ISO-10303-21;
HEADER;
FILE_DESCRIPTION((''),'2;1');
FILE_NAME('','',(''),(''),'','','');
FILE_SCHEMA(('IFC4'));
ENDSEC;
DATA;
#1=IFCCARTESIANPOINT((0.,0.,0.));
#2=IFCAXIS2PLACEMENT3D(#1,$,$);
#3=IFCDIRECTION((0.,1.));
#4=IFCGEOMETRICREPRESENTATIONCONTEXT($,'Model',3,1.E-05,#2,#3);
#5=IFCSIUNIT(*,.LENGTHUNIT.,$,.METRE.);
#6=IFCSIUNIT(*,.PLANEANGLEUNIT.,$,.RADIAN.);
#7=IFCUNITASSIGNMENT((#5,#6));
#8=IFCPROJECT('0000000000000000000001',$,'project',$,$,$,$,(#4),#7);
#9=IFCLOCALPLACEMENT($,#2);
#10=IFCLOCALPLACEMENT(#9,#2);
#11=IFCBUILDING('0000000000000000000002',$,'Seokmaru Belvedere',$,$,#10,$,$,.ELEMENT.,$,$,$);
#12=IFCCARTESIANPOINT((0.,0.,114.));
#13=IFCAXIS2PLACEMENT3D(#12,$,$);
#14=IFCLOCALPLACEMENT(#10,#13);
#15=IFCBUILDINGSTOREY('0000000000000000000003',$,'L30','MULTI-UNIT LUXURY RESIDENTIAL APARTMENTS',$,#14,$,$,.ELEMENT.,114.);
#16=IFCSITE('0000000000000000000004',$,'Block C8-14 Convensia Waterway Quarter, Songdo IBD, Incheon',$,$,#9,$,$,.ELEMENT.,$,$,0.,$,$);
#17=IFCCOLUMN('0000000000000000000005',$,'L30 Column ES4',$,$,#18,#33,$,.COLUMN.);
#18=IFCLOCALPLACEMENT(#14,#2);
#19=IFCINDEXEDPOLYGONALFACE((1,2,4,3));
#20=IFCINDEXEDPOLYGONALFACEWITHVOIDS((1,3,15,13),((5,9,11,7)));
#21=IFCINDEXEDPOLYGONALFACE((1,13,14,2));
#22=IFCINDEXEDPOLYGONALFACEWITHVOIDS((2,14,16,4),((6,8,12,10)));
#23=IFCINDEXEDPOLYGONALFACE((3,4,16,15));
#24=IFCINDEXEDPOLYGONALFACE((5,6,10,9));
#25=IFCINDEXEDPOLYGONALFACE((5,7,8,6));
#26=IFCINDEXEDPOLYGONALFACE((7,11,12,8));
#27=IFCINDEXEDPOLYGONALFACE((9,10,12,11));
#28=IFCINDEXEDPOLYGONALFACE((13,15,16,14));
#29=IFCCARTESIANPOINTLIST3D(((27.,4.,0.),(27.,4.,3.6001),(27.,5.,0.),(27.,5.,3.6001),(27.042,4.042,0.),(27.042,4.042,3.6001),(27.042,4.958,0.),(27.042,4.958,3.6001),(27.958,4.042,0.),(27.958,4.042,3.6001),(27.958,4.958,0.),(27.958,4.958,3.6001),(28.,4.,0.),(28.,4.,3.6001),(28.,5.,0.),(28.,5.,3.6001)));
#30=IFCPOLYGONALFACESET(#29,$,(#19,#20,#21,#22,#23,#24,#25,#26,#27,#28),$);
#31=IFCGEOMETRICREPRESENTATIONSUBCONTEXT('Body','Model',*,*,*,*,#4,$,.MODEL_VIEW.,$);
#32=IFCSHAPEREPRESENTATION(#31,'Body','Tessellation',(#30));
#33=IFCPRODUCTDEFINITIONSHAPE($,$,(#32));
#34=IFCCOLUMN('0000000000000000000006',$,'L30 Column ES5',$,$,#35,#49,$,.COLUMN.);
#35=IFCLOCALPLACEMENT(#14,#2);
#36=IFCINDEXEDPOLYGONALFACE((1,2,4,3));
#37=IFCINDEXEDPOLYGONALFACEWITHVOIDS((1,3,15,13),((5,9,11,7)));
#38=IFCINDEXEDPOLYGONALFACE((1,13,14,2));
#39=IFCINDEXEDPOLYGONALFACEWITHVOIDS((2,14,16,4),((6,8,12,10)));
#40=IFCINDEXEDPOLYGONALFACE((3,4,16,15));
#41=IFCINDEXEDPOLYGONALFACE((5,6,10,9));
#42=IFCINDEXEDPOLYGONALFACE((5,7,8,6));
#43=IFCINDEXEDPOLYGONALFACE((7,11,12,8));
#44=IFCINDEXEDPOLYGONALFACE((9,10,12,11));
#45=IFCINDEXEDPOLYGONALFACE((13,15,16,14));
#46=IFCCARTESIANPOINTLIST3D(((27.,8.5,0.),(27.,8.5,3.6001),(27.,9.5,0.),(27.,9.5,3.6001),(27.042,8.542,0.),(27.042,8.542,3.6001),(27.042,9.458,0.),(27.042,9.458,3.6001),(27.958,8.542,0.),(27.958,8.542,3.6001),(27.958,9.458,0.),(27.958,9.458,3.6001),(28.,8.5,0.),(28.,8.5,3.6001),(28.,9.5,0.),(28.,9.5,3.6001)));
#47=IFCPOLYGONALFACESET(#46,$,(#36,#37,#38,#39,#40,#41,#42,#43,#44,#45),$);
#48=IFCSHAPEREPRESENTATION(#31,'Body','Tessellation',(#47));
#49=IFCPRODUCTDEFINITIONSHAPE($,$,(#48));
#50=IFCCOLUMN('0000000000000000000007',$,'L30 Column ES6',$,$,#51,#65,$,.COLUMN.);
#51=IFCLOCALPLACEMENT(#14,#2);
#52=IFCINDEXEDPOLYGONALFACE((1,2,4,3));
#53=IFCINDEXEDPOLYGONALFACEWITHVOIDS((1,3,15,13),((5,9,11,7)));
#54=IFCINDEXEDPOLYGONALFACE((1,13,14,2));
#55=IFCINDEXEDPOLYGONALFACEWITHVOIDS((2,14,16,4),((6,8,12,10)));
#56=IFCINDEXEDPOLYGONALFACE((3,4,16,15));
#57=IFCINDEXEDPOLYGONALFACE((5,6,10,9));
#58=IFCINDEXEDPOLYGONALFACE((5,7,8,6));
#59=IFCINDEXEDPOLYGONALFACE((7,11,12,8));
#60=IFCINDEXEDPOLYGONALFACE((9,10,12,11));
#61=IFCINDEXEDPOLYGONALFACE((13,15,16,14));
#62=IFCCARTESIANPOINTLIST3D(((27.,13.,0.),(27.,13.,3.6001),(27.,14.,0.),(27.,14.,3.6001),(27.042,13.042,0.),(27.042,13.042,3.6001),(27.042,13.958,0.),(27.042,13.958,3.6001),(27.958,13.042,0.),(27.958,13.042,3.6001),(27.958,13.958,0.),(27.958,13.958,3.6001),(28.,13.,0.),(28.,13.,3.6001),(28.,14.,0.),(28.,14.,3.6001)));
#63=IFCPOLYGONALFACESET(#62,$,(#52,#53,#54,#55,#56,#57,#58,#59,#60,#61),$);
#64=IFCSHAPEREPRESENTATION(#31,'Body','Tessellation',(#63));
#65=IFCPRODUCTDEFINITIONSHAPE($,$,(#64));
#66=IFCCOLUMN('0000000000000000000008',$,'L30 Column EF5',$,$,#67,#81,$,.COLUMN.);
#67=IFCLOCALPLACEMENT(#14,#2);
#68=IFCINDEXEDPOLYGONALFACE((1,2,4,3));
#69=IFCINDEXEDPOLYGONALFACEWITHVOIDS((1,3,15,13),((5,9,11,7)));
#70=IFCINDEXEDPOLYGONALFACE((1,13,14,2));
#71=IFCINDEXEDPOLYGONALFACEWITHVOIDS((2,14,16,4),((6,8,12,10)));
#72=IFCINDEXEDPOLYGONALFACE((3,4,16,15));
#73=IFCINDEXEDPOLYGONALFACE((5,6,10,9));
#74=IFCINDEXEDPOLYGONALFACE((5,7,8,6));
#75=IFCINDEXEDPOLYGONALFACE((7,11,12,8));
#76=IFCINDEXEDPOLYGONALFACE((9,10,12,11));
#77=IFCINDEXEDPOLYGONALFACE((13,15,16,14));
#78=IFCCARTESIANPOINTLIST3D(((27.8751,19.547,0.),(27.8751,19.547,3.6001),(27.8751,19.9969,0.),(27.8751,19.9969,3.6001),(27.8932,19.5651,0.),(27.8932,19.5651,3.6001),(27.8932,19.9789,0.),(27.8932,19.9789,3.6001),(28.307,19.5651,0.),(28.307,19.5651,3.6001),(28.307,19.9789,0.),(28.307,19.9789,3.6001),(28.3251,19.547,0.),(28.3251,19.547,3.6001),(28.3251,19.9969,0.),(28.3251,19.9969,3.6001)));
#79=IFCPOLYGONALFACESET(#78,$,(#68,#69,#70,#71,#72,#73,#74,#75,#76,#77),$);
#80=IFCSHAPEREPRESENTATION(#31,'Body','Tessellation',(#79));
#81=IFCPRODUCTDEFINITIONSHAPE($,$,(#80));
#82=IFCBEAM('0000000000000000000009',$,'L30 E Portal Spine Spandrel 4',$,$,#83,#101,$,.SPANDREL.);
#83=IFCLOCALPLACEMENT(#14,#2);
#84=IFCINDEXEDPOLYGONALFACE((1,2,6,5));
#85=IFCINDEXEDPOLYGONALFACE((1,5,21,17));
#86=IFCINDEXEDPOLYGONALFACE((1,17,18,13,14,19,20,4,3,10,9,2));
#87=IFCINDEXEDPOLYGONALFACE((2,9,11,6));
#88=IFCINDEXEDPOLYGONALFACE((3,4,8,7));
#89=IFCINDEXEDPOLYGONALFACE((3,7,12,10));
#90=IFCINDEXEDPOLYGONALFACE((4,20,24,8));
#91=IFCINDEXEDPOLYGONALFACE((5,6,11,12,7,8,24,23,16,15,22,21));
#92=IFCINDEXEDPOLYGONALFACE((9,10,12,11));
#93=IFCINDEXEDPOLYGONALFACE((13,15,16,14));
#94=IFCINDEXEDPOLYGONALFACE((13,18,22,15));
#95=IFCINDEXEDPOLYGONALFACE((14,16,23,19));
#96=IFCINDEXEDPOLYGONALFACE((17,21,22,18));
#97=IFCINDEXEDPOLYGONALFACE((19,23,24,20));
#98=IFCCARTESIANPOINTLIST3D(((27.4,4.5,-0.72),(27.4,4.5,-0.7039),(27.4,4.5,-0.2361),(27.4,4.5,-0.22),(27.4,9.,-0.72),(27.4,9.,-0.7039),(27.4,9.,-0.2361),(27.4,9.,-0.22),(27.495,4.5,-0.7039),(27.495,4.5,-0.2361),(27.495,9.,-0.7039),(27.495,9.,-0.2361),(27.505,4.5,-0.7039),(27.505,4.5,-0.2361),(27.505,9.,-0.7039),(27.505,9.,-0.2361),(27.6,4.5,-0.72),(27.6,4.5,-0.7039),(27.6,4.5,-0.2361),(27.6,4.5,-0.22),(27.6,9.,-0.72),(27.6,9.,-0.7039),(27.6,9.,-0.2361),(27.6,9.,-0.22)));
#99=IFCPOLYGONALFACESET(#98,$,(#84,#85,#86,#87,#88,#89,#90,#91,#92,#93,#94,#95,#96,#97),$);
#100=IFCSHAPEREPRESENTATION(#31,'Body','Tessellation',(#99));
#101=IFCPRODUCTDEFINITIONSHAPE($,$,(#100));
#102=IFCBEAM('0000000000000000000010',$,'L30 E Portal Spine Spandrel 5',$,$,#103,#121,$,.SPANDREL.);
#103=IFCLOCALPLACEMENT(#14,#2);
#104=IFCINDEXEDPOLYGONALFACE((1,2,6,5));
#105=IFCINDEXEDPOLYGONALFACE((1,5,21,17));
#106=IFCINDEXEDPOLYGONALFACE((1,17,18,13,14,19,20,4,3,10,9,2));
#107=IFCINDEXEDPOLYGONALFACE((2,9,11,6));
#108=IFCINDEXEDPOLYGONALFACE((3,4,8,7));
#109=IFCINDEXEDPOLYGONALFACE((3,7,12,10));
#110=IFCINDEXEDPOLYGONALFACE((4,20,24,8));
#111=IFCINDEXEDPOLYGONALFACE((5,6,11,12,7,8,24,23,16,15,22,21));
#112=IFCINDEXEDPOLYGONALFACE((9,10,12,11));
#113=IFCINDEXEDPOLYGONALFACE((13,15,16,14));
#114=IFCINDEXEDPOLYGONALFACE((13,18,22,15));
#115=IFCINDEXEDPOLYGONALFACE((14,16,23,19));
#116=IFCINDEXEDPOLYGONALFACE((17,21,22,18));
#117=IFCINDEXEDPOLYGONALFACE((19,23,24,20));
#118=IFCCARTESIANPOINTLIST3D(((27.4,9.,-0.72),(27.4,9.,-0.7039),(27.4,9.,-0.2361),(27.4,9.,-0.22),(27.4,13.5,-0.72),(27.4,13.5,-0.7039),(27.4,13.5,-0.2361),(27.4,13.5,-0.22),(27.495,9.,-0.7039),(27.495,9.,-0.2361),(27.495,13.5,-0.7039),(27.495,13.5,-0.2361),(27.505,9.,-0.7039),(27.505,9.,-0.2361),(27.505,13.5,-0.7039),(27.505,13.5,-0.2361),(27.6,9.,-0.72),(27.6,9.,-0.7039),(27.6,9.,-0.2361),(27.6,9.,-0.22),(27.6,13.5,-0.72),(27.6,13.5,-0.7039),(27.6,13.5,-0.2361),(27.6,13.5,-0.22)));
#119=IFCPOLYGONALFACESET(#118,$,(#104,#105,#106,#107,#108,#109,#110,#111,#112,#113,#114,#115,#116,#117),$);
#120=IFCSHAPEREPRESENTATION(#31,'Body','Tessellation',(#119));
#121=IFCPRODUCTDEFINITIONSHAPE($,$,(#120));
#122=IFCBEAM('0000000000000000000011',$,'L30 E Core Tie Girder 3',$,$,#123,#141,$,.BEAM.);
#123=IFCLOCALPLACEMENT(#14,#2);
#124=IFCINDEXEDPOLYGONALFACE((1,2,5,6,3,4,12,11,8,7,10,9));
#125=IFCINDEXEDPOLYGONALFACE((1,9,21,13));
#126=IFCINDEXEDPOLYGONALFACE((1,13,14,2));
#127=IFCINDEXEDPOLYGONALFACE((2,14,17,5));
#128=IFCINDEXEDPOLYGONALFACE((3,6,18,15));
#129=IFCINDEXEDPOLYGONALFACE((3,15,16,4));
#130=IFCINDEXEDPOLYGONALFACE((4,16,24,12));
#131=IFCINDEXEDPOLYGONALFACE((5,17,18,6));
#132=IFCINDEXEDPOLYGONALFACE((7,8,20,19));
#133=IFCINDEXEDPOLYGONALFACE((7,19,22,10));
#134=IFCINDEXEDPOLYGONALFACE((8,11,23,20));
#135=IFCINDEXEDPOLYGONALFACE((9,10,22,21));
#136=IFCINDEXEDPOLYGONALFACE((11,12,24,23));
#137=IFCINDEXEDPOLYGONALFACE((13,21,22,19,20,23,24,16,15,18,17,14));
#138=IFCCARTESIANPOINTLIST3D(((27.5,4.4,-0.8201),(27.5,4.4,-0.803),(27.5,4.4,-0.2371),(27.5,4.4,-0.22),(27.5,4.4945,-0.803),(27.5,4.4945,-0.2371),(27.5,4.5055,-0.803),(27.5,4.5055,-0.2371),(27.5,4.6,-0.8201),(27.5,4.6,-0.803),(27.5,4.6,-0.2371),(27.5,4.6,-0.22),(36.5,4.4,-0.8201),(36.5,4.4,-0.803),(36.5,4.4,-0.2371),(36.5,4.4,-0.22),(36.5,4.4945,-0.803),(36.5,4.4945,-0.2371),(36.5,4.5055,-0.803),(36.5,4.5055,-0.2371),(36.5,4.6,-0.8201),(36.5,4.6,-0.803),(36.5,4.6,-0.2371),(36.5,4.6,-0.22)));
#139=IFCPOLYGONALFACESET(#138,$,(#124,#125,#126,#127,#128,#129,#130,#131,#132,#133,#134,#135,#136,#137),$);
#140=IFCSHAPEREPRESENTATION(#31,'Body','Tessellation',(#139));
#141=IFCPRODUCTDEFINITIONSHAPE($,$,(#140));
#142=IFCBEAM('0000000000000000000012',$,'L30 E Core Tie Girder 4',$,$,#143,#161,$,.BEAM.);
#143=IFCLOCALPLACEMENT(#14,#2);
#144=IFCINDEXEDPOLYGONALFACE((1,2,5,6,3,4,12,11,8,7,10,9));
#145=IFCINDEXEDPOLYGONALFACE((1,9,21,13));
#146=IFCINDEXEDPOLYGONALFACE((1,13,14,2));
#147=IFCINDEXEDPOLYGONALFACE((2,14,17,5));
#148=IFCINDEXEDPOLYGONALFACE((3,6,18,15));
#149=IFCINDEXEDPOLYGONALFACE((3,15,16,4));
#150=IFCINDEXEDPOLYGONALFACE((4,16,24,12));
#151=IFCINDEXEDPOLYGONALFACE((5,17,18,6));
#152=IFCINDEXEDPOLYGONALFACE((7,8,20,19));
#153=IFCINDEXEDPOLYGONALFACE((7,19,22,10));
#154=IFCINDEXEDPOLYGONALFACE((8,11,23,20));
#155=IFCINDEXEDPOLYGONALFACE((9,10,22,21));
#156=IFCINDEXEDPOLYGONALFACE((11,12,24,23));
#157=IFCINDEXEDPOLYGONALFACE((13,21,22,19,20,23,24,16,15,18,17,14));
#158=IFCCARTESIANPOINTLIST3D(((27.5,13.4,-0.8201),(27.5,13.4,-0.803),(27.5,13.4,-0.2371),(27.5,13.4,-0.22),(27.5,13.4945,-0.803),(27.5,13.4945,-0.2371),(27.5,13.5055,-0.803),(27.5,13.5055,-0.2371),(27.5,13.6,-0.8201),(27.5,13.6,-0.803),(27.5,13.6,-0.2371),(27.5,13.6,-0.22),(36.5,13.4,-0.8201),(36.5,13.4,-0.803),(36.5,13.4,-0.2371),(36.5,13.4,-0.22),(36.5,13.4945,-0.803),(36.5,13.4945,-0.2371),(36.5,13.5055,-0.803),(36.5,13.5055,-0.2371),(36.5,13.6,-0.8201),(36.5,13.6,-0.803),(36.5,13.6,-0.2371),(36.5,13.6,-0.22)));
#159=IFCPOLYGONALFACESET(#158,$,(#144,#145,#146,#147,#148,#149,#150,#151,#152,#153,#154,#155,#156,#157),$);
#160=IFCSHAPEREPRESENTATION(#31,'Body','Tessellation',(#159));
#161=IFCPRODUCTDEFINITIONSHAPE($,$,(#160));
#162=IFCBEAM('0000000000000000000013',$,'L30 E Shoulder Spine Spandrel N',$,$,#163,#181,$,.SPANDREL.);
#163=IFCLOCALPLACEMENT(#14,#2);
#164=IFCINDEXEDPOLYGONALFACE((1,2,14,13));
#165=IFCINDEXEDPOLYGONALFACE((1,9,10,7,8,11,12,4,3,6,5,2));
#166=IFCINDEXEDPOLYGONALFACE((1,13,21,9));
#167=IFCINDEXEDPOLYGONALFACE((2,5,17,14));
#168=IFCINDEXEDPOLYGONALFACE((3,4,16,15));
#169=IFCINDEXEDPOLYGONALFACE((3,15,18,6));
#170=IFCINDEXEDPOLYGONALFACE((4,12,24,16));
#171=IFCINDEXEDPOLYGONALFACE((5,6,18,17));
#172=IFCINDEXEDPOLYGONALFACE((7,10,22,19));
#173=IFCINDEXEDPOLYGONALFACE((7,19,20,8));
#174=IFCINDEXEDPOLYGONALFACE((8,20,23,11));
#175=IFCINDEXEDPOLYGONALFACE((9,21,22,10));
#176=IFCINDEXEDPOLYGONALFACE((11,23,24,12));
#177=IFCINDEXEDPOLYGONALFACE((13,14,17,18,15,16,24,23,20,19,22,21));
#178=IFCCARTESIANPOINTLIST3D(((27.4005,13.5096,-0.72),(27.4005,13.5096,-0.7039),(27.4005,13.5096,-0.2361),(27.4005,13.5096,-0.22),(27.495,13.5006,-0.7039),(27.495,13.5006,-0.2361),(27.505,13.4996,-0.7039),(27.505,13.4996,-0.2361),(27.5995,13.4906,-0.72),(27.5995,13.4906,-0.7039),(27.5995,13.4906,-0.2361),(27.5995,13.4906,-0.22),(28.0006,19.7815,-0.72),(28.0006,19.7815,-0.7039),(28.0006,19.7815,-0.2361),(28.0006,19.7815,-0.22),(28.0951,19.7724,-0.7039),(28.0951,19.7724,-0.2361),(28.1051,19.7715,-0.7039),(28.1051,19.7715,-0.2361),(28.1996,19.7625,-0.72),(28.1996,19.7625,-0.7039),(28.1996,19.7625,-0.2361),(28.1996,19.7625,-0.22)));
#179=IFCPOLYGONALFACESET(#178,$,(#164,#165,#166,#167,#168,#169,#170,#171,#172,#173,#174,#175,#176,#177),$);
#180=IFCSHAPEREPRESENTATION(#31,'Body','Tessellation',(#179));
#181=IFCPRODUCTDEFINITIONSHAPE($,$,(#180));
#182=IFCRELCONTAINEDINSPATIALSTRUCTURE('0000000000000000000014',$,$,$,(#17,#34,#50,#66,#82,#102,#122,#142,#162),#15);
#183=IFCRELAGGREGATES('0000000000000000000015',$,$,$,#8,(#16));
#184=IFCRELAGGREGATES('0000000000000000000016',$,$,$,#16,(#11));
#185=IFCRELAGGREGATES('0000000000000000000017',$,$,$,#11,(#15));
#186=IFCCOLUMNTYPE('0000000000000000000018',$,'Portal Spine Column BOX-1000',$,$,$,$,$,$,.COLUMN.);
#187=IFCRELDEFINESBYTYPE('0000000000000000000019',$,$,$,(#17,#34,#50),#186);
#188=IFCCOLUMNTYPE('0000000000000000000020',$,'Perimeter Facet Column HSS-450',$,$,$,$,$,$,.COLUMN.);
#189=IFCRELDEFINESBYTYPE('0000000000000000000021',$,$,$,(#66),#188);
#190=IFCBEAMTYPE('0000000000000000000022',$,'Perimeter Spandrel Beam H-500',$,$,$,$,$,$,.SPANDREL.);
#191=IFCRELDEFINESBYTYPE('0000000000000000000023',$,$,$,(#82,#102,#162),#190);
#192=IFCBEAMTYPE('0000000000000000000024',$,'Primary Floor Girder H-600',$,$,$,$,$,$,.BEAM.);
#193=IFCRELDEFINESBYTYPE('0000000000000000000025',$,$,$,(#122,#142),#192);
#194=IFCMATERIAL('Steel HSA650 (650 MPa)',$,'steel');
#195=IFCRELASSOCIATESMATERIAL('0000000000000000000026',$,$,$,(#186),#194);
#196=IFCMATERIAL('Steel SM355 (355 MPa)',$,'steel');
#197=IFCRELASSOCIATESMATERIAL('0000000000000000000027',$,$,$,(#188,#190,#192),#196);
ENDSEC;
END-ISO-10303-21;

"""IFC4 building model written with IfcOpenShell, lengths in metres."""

from ifc_helpers import new_model, si_unit, direction, frame, origin, origin_2d, place, context, subcontext, project, spatial, hollow_rectangle, i_section, extrude, source, transform, mapped, material, material_profile, profile_set, type_object, type_shapes, element, save


model = new_model("IFC4")

# Units and contexts
model_context = context("Model", 3, precision=1e-05, world=origin(), true_north=direction((0.0, 1.0)))
body_context = subcontext(model_context, "Body", "Model", "MODEL_VIEW")
ifc_project = project(units=[si_unit("LENGTHUNIT", "METRE"), si_unit("PLANEANGLEUNIT", "RADIAN")], contexts=[model_context])

# Site, building, storey
site_placement = place(None, origin())
site = spatial("IfcSite", under=ifc_project, at=site_placement, Name="Block C8-14 Convensia Waterway Quarter, Songdo IBD, Incheon", CompositionType="ELEMENT", RefElevation=0.0)
building_placement = place(site_placement, origin())
building = spatial("IfcBuilding", under=site, at=building_placement, Name="Seokmaru Belvedere", CompositionType="ELEMENT")
storey_placement = place(building_placement, frame((0.0, 0.0, 114.0)))
storey = spatial("IfcBuildingStorey", under=building, at=storey_placement, Name="L30", Description="MULTI-UNIT LUXURY RESIDENTIAL APARTMENTS", CompositionType="ELEMENT", Elevation=114.0)

# Columns
ifc_material_1 = material(Name="Steel HSA650 (650 MPa)", Category="steel")
ifc_material_profile_1 = material_profile(ifc_material_1, hollow_rectangle(XDim=1.0, YDim=1.0, WallThickness=0.042, at=origin_2d()), Name="BOX-1000x1000x42")
ifc_profile_set_1 = profile_set([ifc_material_profile_1], Name="Steel HSA650 (650 MPa)")
column_type_1 = type_object("IfcColumnType", Name="Portal Spine Column BOX-1000", PredefinedType="COLUMN", material=ifc_profile_set_1)
shared_shape_1 = source(origin(), body_context, "Body", "SweptSolid", [
    extrude(hollow_rectangle(XDim=1.0, YDim=1.0, WallThickness=0.042, at=origin_2d()), origin(), (0.0, 0.0, 1.0), 3.6001),
])
type_shapes(column_type_1, [shared_shape_1])
for number, where, z_axis, x_axis, name in (
    (1, (27.5, 4.5, 0.0), (0.0, 0.0, 1.0), (1.0, 0.0, 0.0), "L30 Column ES4"),
    (2, (27.5, 9.0, 0.0), (0.0, 0.0, 1.0), (1.0, 0.0, 0.0), "L30 Column ES5"),
    (3, (27.5, 13.5, 0.0), (0.0, 0.0, 1.0), (1.0, 0.0, 0.0), "L30 Column ES6"),
):
    element("IfcColumn", number, at=place(storey_placement, frame(where, z_axis=z_axis, x_axis=x_axis)), inside=storey, type_object=column_type_1, Name=name, PredefinedType="COLUMN", context=body_context, shape_type="MappedRepresentation", body=[
        mapped(shared_shape_1, transform((0.0, 0.0, 0.0), scale=1.0)),
    ])
ifc_material_2 = material(Name="Steel SM355 (355 MPa)", Category="steel")
ifc_material_profile_2 = material_profile(ifc_material_2, hollow_rectangle(XDim=0.45, YDim=0.45, WallThickness=0.0181, at=origin_2d()), Name="HSS-450x450x18")
ifc_profile_set_2 = profile_set([ifc_material_profile_2], Name="Steel SM355 (355 MPa)")
column_type_2 = type_object("IfcColumnType", Name="Perimeter Facet Column HSS-450", PredefinedType="COLUMN", material=ifc_profile_set_2)
shared_shape_2 = source(origin(), body_context, "Body", "SweptSolid", [
    extrude(hollow_rectangle(XDim=0.45, YDim=0.45, WallThickness=0.0181, at=origin_2d()), origin(), (0.0, 0.0, 1.0), 3.6001),
])
type_shapes(column_type_2, [shared_shape_2])
column_placement = place(storey_placement, frame((28.1001, 19.772, 0.0), z_axis=(0.0, 0.0, 1.0), x_axis=(1.0, 0.0, 0.0)))
element("IfcColumn", 4, at=column_placement, inside=storey, type_object=column_type_2, Name="L30 Column EF5", PredefinedType="COLUMN", context=body_context, shape_type="MappedRepresentation", body=[
    mapped(shared_shape_2, transform((0.0, 0.0, 0.0), scale=1.0)),
])

# Beams
ifc_material_profile_3 = material_profile(ifc_material_2, i_section(OverallWidth=0.2, OverallDepth=0.5, WebThickness=0.01, FlangeThickness=0.0161, at=origin_2d()), Name="H-500x200x10x16")
ifc_profile_set_3 = profile_set([ifc_material_profile_3], Name="Steel SM355 (355 MPa)")
beam_type_1 = type_object("IfcBeamType", Name="Perimeter Spandrel Beam H-500", PredefinedType="SPANDREL", material=ifc_profile_set_3)
shared_shape_3 = source(origin(), body_context, "Body", "SweptSolid", [
    extrude(i_section(OverallWidth=0.2, OverallDepth=0.5, WebThickness=0.01, FlangeThickness=0.0161, at=origin_2d()), origin(), (0.0, 0.0, 1.0), 4.5),
])
for number, where, z_axis, x_axis, name in (
    (5, (27.5, 4.5, -0.47), (0.0, 1.0, 0.0), (-1.0, 0.0, 0.0), "L30 E Portal Spine Spandrel 4"),
    (6, (27.5, 9.0, -0.47), (0.0, 1.0, 0.0), (-1.0, 0.0, 0.0), "L30 E Portal Spine Spandrel 5"),
):
    element("IfcBeam", number, at=place(storey_placement, frame(where, z_axis=z_axis, x_axis=x_axis)), inside=storey, type_object=beam_type_1, Name=name, PredefinedType="SPANDREL", context=body_context, shape_type="MappedRepresentation", body=[
        mapped(shared_shape_3, transform((0.0, 0.0, 0.0), scale=1.0)),
    ])
ifc_material_profile_4 = material_profile(ifc_material_2, i_section(OverallWidth=0.2, OverallDepth=0.6001, WebThickness=0.011, FlangeThickness=0.0171, at=origin_2d()), Name="H-600x200x11x17")
ifc_profile_set_4 = profile_set([ifc_material_profile_4], Name="Steel SM355 (355 MPa)")
beam_type_2 = type_object("IfcBeamType", Name="Primary Floor Girder H-600", PredefinedType="BEAM", material=ifc_profile_set_4)
shared_shape_4 = source(origin(), body_context, "Body", "SweptSolid", [
    extrude(i_section(OverallWidth=0.2, OverallDepth=0.6001, WebThickness=0.011, FlangeThickness=0.0171, at=origin_2d()), origin(), (0.0, 0.0, 1.0), 9.0),
])
type_shapes(beam_type_2, [shared_shape_4])
for number, where, z_axis, x_axis, name in (
    (7, (27.5, 4.5, -0.52), (1.0, 0.0, 0.0), (0.0, 1.0, 0.0), "L30 E Core Tie Girder 3"),
    (8, (27.5, 13.5, -0.52), (1.0, 0.0, 0.0), (0.0, 1.0, 0.0), "L30 E Core Tie Girder 4"),
):
    element("IfcBeam", number, at=place(storey_placement, frame(where, z_axis=z_axis, x_axis=x_axis)), inside=storey, type_object=beam_type_2, Name=name, PredefinedType="BEAM", context=body_context, shape_type="MappedRepresentation", body=[
        mapped(shared_shape_4, transform((0.0, 0.0, 0.0), scale=1.0)),
    ])
shared_shape_5 = source(origin(), body_context, "Body", "SweptSolid", [
    extrude(i_section(OverallWidth=0.2, OverallDepth=0.5, WebThickness=0.01, FlangeThickness=0.0161, at=origin_2d()), origin(), (0.0, 0.0, 1.0), 6.3005),
])
type_shapes(beam_type_1, [shared_shape_3, shared_shape_5])
beam_placement = place(storey_placement, frame((28.1001, 19.772, -0.47), z_axis=(-0.095244, -0.995454, 0.0), x_axis=(0.995454, -0.095244, 0.0)))
element("IfcBeam", 9, at=beam_placement, inside=storey, type_object=beam_type_1, Name="L30 E Shoulder Spine Spandrel N", PredefinedType="SPANDREL", context=body_context, shape_type="MappedRepresentation", body=[
    mapped(shared_shape_5, transform((0.0, 0.0, 0.0), scale=1.0)),
])

save(model, "model.ifc")
